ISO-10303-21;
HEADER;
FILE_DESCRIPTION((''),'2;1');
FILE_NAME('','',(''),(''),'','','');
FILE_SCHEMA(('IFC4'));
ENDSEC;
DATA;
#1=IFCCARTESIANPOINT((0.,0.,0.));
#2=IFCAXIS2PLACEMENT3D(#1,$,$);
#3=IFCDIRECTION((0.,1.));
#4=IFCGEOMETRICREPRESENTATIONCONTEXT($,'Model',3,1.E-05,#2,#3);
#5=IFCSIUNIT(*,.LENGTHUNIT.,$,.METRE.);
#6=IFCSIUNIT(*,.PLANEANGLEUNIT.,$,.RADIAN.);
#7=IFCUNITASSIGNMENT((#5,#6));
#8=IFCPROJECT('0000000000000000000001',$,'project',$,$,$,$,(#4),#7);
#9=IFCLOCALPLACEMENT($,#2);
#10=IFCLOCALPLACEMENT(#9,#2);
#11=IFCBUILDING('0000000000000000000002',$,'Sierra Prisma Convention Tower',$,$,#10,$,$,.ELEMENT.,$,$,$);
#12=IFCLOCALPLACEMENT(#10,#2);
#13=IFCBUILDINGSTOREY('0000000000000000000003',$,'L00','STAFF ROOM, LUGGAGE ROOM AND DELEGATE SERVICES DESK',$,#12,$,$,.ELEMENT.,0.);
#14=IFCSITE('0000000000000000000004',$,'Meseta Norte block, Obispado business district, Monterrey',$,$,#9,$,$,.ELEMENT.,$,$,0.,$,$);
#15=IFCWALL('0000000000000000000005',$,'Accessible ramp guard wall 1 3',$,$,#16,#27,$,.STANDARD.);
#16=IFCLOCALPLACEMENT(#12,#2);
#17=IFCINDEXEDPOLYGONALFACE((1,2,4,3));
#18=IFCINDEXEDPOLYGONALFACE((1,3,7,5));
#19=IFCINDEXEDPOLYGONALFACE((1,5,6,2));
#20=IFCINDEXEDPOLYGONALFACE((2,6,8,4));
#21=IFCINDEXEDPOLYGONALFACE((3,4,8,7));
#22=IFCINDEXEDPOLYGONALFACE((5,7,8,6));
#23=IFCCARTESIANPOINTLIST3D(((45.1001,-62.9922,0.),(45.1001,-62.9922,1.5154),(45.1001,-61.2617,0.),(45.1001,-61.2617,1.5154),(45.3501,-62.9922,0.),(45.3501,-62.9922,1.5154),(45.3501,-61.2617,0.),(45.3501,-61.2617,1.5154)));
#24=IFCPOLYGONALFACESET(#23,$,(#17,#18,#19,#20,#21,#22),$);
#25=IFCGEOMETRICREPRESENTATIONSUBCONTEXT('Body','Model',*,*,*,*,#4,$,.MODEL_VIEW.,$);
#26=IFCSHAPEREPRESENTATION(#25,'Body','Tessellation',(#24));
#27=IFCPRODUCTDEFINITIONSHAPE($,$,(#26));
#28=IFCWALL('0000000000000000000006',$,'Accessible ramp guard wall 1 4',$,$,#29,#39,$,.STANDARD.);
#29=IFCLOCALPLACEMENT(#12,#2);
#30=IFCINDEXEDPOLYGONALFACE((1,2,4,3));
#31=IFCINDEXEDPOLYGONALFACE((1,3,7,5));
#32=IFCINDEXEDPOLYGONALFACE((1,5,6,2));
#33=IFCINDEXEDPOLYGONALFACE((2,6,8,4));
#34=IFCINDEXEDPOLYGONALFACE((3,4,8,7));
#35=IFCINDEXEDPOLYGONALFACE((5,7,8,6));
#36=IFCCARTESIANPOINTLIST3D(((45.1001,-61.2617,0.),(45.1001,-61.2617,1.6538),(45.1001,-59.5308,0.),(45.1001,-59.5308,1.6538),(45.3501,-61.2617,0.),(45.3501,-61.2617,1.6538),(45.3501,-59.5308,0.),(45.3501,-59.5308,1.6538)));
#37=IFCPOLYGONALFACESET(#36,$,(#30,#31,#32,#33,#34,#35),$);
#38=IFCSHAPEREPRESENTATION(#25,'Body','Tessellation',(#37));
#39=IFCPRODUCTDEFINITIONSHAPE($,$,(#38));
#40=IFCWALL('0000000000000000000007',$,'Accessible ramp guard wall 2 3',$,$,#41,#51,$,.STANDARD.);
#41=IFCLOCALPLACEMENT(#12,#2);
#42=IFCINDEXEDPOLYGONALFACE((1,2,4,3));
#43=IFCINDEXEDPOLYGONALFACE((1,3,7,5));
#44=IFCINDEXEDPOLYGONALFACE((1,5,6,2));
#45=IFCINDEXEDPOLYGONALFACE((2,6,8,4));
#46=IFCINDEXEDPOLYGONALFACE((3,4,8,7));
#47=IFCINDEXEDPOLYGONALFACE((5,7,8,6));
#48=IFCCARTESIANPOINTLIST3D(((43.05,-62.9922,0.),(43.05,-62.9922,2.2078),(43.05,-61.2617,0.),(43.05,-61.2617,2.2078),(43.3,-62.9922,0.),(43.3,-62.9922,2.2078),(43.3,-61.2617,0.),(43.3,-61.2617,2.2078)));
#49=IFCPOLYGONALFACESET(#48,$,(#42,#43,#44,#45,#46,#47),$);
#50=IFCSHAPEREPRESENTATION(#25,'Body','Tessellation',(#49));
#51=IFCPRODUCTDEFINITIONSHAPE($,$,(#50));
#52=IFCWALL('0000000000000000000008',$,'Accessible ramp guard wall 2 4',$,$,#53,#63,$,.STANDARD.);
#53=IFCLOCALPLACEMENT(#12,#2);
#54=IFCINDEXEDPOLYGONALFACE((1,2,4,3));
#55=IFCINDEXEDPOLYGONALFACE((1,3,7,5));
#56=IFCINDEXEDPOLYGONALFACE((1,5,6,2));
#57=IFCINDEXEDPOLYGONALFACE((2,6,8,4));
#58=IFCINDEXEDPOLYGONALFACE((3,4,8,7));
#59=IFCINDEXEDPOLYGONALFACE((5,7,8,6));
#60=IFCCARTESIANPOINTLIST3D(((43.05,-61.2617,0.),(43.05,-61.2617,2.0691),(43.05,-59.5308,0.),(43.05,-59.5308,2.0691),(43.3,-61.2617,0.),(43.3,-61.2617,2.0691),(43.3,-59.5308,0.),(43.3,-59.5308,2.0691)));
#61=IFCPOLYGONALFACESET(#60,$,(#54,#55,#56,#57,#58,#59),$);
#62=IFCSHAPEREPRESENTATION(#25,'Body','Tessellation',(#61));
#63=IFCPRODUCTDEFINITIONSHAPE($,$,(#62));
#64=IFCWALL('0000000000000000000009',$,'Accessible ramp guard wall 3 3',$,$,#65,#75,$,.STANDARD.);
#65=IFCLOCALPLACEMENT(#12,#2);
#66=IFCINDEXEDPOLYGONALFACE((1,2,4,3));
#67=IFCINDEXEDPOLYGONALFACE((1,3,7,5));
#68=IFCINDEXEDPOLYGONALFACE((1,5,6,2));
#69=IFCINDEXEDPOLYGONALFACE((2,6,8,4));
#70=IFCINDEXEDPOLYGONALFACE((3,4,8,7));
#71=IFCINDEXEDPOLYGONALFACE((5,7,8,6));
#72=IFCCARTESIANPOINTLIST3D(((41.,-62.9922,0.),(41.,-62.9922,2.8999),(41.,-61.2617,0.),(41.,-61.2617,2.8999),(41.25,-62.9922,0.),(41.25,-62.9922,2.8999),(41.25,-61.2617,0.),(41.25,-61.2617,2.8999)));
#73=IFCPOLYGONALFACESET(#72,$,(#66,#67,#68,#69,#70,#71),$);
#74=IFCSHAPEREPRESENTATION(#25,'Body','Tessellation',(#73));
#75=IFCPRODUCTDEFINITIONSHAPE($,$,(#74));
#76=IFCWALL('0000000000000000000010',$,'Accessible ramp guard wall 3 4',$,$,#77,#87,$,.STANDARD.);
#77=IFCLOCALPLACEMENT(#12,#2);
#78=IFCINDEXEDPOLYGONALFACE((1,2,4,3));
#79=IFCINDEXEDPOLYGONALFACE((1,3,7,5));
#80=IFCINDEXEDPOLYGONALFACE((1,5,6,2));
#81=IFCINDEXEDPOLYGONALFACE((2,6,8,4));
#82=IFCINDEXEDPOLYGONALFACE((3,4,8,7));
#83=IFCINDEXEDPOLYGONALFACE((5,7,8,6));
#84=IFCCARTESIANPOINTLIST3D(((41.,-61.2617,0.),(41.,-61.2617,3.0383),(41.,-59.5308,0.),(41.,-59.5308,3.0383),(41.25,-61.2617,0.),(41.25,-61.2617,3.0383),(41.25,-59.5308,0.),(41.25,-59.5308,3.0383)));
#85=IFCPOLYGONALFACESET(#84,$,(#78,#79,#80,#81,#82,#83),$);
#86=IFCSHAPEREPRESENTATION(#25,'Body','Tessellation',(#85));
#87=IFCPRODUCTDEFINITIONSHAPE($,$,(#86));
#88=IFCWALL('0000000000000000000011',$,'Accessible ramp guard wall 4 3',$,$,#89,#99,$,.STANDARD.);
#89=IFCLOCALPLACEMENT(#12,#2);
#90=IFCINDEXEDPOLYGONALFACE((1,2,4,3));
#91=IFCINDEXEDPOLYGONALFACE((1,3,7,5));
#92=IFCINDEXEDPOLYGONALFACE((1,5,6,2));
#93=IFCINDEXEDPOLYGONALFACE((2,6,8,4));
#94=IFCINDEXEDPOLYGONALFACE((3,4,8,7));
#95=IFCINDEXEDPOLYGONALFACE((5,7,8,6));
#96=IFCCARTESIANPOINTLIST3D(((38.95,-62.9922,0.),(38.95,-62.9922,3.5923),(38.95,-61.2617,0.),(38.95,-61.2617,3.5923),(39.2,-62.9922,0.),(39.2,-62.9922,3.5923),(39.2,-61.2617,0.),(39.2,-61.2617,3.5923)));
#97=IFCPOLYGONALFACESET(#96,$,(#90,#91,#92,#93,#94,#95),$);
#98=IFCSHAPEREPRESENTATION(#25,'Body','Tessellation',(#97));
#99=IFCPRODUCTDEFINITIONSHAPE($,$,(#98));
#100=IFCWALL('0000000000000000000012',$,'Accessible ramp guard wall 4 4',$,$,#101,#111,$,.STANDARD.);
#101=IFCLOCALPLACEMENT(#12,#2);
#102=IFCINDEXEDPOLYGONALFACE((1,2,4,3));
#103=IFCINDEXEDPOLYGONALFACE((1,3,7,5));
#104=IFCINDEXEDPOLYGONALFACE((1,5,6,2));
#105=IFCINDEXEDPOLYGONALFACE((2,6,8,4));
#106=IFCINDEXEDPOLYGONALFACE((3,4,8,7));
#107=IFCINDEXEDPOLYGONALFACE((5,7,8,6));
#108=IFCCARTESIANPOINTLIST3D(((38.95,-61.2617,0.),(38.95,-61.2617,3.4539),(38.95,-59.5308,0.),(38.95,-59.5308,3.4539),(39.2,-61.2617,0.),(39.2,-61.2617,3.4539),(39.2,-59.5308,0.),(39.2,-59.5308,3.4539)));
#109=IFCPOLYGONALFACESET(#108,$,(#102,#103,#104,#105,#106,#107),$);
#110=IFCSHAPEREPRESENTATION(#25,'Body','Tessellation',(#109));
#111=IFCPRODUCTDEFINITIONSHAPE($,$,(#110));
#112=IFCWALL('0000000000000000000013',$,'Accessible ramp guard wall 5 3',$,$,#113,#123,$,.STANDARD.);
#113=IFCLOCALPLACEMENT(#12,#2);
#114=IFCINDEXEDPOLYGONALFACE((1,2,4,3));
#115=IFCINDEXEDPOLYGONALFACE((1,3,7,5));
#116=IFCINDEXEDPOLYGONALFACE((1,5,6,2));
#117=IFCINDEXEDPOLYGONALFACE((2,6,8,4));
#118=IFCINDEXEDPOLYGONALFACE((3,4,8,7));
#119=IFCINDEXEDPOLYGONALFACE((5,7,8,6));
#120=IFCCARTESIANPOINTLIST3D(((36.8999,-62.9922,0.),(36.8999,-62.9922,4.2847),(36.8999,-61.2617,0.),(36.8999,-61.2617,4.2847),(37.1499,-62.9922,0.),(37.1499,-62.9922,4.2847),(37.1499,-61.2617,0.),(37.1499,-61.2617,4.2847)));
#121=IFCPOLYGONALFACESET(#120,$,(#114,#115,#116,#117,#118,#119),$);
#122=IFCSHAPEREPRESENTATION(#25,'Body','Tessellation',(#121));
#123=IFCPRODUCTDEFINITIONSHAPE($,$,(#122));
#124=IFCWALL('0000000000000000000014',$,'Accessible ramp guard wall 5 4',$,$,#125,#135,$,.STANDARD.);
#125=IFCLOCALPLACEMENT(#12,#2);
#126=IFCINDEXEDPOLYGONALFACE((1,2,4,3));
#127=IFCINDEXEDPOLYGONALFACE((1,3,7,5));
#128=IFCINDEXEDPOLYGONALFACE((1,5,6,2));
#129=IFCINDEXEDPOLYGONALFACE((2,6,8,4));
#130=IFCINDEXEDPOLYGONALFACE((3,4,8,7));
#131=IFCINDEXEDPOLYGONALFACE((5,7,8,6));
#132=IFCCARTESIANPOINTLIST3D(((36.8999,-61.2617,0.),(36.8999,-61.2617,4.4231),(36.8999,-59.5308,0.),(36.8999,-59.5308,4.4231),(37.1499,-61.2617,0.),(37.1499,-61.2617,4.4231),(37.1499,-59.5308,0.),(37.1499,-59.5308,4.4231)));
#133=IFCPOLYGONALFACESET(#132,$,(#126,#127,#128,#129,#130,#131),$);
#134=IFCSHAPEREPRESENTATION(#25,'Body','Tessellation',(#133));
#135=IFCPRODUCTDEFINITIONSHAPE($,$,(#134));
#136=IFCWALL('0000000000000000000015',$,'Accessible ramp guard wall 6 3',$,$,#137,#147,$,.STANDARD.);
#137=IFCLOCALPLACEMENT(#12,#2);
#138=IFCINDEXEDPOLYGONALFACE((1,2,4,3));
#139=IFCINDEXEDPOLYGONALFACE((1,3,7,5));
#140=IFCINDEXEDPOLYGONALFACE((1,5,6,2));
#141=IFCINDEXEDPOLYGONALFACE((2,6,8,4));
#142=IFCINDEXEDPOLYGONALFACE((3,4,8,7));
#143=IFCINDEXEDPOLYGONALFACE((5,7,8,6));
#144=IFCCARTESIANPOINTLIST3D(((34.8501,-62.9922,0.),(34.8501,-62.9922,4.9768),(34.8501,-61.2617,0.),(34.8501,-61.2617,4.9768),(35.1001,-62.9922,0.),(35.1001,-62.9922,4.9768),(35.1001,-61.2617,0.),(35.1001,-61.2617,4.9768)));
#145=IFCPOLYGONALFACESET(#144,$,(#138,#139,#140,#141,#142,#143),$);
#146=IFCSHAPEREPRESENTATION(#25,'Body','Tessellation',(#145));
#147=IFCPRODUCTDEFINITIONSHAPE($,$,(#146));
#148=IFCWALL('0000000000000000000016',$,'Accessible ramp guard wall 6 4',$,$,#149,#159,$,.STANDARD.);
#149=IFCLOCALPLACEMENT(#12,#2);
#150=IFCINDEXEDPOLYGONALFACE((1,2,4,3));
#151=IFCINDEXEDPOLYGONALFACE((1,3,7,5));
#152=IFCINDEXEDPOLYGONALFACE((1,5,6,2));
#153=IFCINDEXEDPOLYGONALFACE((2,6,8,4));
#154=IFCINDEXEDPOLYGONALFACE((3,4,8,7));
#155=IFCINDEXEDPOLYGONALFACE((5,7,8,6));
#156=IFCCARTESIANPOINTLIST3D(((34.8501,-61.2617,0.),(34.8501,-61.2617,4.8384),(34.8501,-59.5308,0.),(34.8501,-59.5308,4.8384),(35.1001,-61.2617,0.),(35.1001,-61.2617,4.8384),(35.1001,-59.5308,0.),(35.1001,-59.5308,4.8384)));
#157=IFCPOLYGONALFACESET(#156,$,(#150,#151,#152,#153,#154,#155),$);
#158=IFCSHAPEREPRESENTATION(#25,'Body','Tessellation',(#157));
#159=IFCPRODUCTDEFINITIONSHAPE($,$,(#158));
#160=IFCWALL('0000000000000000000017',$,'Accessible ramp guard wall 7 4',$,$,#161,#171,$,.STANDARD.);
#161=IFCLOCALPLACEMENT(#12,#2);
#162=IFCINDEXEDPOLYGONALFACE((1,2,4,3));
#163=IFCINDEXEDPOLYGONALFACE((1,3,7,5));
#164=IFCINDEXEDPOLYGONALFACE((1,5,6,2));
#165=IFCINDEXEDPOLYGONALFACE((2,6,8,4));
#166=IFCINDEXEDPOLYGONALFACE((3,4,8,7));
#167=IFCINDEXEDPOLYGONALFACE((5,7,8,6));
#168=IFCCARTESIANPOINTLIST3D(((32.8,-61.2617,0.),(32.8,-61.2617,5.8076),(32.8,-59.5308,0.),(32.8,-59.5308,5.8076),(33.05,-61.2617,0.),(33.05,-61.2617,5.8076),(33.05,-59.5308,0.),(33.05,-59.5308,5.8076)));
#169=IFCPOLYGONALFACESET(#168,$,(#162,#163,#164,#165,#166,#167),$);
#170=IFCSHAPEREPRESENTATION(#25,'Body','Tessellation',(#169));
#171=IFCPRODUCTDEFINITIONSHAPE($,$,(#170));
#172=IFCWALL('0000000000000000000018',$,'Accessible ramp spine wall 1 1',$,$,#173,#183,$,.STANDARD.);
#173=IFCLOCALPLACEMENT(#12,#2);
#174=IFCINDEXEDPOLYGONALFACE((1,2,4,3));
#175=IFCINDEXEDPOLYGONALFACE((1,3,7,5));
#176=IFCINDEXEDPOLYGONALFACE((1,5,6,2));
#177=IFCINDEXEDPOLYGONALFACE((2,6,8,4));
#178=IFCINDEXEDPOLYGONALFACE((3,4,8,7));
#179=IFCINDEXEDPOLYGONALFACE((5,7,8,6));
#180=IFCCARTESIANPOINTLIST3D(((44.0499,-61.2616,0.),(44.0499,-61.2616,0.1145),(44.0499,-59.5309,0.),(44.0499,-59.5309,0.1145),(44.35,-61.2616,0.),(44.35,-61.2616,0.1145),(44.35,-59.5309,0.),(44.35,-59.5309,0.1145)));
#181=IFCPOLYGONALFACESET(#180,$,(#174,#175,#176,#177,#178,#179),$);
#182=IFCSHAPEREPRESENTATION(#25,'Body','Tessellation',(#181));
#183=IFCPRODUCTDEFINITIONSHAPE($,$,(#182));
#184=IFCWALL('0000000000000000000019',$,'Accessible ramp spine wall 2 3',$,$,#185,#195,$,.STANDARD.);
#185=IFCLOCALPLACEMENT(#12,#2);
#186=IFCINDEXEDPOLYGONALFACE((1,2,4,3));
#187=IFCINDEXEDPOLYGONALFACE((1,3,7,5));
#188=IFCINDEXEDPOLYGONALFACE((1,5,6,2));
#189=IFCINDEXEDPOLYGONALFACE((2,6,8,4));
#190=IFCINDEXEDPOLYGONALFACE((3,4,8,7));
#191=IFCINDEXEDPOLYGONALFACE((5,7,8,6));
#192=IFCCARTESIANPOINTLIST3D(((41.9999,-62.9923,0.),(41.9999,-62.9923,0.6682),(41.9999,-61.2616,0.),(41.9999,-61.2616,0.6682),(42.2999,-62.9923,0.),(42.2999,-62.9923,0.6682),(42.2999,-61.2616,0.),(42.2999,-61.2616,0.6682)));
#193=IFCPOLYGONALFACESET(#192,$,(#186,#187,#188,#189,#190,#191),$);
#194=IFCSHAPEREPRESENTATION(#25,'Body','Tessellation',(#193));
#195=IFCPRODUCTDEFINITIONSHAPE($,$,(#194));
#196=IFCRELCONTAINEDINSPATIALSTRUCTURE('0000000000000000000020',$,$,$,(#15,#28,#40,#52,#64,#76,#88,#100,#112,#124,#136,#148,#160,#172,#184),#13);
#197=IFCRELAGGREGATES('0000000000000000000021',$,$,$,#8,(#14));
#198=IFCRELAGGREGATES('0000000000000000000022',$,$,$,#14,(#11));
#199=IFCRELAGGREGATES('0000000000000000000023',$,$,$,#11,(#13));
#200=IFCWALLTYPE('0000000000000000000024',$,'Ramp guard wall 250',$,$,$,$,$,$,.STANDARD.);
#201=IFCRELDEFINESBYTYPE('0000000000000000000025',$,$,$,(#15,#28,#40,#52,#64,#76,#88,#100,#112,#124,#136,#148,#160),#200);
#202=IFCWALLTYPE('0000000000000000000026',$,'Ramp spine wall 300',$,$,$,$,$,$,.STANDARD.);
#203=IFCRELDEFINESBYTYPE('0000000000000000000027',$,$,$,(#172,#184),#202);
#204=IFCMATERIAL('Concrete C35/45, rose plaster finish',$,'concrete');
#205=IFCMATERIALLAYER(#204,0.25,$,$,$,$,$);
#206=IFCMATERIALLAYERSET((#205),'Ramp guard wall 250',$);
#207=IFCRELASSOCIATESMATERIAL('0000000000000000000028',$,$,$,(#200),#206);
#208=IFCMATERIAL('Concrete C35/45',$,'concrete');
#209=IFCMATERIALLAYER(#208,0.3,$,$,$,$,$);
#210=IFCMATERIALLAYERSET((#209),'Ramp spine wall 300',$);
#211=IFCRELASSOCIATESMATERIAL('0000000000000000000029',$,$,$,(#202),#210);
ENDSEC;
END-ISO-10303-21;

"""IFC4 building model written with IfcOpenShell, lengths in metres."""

from ifc_helpers import new_model, si_unit, direction, frame, frame_2d, origin, place, context, subcontext, project, spatial, rectangle, extrude, material, layer, layer_set, type_object, element, save


model = new_model("IFC4")

# Units and contexts
model_context = context("Model", 3, precision=1e-05, world=origin(), true_north=direction((0.0, 1.0)))
body_context = subcontext(model_context, "Body", "Model", "MODEL_VIEW")
ifc_project = project(units=[si_unit("LENGTHUNIT", "METRE"), si_unit("PLANEANGLEUNIT", "RADIAN")], contexts=[model_context])

# Site, building, storey
site_placement = place(None, origin())
site = spatial("IfcSite", under=ifc_project, at=site_placement, Name="Meseta Norte block, Obispado business district, Monterrey", CompositionType="ELEMENT", RefElevation=0.0)
building_placement = place(site_placement, origin())
building = spatial("IfcBuilding", under=site, at=building_placement, Name="Sierra Prisma Convention Tower", CompositionType="ELEMENT")
storey_placement = place(building_placement, origin())
storey = spatial("IfcBuildingStorey", under=building, at=storey_placement, Name="L00", Description="STAFF ROOM, LUGGAGE ROOM AND DELEGATE SERVICES DESK", CompositionType="ELEMENT", Elevation=0.0)

# Walls
ifc_material_1 = material(Name="Concrete C35/45, rose plaster finish", Category="concrete")
ifc_layer_1 = layer(ifc_material_1, 0.25)
ifc_layer_set_1 = layer_set([ifc_layer_1], Name="Ramp guard wall 250")
wall_type_1 = type_object("IfcWallType", Name="Ramp guard wall 250", PredefinedType="STANDARD", material=ifc_layer_set_1)
wall_1_placement = place(storey_placement, frame((45.2251, -62.9922, 0.0), z_axis=(0.0, 0.0, 1.0), x_axis=(0.0, 1.0, 0.0)))
element("IfcWall", 1, at=wall_1_placement, inside=storey, type_object=wall_type_1, Name="Accessible ramp guard wall 1 3", PredefinedType="STANDARD", context=body_context, shape_type="SweptSolid", body=[
    extrude(rectangle(XDim=1.7305, YDim=0.25, at=frame_2d((0.8652, 0.0))), origin(), (0.0, 0.0, 1.0), 1.5154),
])
wall_2_placement = place(storey_placement, frame((45.2251, -61.2617, 0.0), z_axis=(0.0, 0.0, 1.0), x_axis=(0.0, 1.0, 0.0)))
element("IfcWall", 2, at=wall_2_placement, inside=storey, type_object=wall_type_1, Name="Accessible ramp guard wall 1 4", PredefinedType="STANDARD", context=body_context, shape_type="SweptSolid", body=[
    extrude(rectangle(XDim=1.731, YDim=0.25, at=frame_2d((0.8655, 0.0))), origin(), (0.0, 0.0, 1.0), 1.6538),
])
wall_3_placement = place(storey_placement, frame((43.175, -62.9922, 0.0), z_axis=(0.0, 0.0, 1.0), x_axis=(0.0, 1.0, 0.0)))
element("IfcWall", 3, at=wall_3_placement, inside=storey, type_object=wall_type_1, Name="Accessible ramp guard wall 2 3", PredefinedType="STANDARD", context=body_context, shape_type="SweptSolid", body=[
    extrude(rectangle(XDim=1.7305, YDim=0.25, at=frame_2d((0.8652, 0.0))), origin(), (0.0, 0.0, 1.0), 2.2078),
])
wall_4_placement = place(storey_placement, frame((43.175, -61.2617, 0.0), z_axis=(0.0, 0.0, 1.0), x_axis=(0.0, 1.0, 0.0)))
element("IfcWall", 4, at=wall_4_placement, inside=storey, type_object=wall_type_1, Name="Accessible ramp guard wall 2 4", PredefinedType="STANDARD", context=body_context, shape_type="SweptSolid", body=[
    extrude(rectangle(XDim=1.731, YDim=0.25, at=frame_2d((0.8655, 0.0))), origin(), (0.0, 0.0, 1.0), 2.0691),
])
wall_5_placement = place(storey_placement, frame((41.125, -62.9922, 0.0), z_axis=(0.0, 0.0, 1.0), x_axis=(0.0, 1.0, 0.0)))
element("IfcWall", 5, at=wall_5_placement, inside=storey, type_object=wall_type_1, Name="Accessible ramp guard wall 3 3", PredefinedType="STANDARD", context=body_context, shape_type="SweptSolid", body=[
    extrude(rectangle(XDim=1.7305, YDim=0.25, at=frame_2d((0.8652, 0.0))), origin(), (0.0, 0.0, 1.0), 2.8999),
])
wall_6_placement = place(storey_placement, frame((41.125, -61.2617, 0.0), z_axis=(0.0, 0.0, 1.0), x_axis=(0.0, 1.0, 0.0)))
element("IfcWall", 6, at=wall_6_placement, inside=storey, type_object=wall_type_1, Name="Accessible ramp guard wall 3 4", PredefinedType="STANDARD", context=body_context, shape_type="SweptSolid", body=[
    extrude(rectangle(XDim=1.731, YDim=0.25, at=frame_2d((0.8655, 0.0))), origin(), (0.0, 0.0, 1.0), 3.0383),
])
wall_7_placement = place(storey_placement, frame((39.075, -62.9922, 0.0), z_axis=(0.0, 0.0, 1.0), x_axis=(0.0, 1.0, 0.0)))
element("IfcWall", 7, at=wall_7_placement, inside=storey, type_object=wall_type_1, Name="Accessible ramp guard wall 4 3", PredefinedType="STANDARD", context=body_context, shape_type="SweptSolid", body=[
    extrude(rectangle(XDim=1.7305, YDim=0.25, at=frame_2d((0.8652, 0.0))), origin(), (0.0, 0.0, 1.0), 3.5923),
])
wall_8_placement = place(storey_placement, frame((39.075, -61.2617, 0.0), z_axis=(0.0, 0.0, 1.0), x_axis=(0.0, 1.0, 0.0)))
element("IfcWall", 8, at=wall_8_placement, inside=storey, type_object=wall_type_1, Name="Accessible ramp guard wall 4 4", PredefinedType="STANDARD", context=body_context, shape_type="SweptSolid", body=[
    extrude(rectangle(XDim=1.731, YDim=0.25, at=frame_2d((0.8655, 0.0))), origin(), (0.0, 0.0, 1.0), 3.4539),
])
wall_9_placement = place(storey_placement, frame((37.0249, -62.9922, 0.0), z_axis=(0.0, 0.0, 1.0), x_axis=(0.0, 1.0, 0.0)))
element("IfcWall", 9, at=wall_9_placement, inside=storey, type_object=wall_type_1, Name="Accessible ramp guard wall 5 3", PredefinedType="STANDARD", context=body_context, shape_type="SweptSolid", body=[
    extrude(rectangle(XDim=1.7305, YDim=0.25, at=frame_2d((0.8652, 0.0))), origin(), (0.0, 0.0, 1.0), 4.2847),
])
wall_10_placement = place(storey_placement, frame((37.0249, -61.2617, 0.0), z_axis=(0.0, 0.0, 1.0), x_axis=(0.0, 1.0, 0.0)))
element("IfcWall", 10, at=wall_10_placement, inside=storey, type_object=wall_type_1, Name="Accessible ramp guard wall 5 4", PredefinedType="STANDARD", context=body_context, shape_type="SweptSolid", body=[
    extrude(rectangle(XDim=1.731, YDim=0.25, at=frame_2d((0.8655, 0.0))), origin(), (0.0, 0.0, 1.0), 4.4231),
])
wall_11_placement = place(storey_placement, frame((34.9751, -62.9922, 0.0), z_axis=(0.0, 0.0, 1.0), x_axis=(0.0, 1.0, 0.0)))
element("IfcWall", 11, at=wall_11_placement, inside=storey, type_object=wall_type_1, Name="Accessible ramp guard wall 6 3", PredefinedType="STANDARD", context=body_context, shape_type="SweptSolid", body=[
    extrude(rectangle(XDim=1.7305, YDim=0.25, at=frame_2d((0.8652, 0.0))), origin(), (0.0, 0.0, 1.0), 4.9768),
])
wall_12_placement = place(storey_placement, frame((34.9751, -61.2617, 0.0), z_axis=(0.0, 0.0, 1.0), x_axis=(0.0, 1.0, 0.0)))
element("IfcWall", 12, at=wall_12_placement, inside=storey, type_object=wall_type_1, Name="Accessible ramp guard wall 6 4", PredefinedType="STANDARD", context=body_context, shape_type="SweptSolid", body=[
    extrude(rectangle(XDim=1.731, YDim=0.25, at=frame_2d((0.8655, 0.0))), origin(), (0.0, 0.0, 1.0), 4.8384),
])
wall_13_placement = place(storey_placement, frame((32.925, -61.2617, 0.0), z_axis=(0.0, 0.0, 1.0), x_axis=(0.0, 1.0, 0.0)))
element("IfcWall", 13, at=wall_13_placement, inside=storey, type_object=wall_type_1, Name="Accessible ramp guard wall 7 4", PredefinedType="STANDARD", context=body_context, shape_type="SweptSolid", body=[
    extrude(rectangle(XDim=1.731, YDim=0.25, at=frame_2d((0.8655, 0.0))), origin(), (0.0, 0.0, 1.0), 5.8076),
])
ifc_material_2 = material(Name="Concrete C35/45", Category="concrete")
ifc_layer_2 = layer(ifc_material_2, 0.3)
ifc_layer_set_2 = layer_set([ifc_layer_2], Name="Ramp spine wall 300")
wall_type_2 = type_object("IfcWallType", Name="Ramp spine wall 300", PredefinedType="STANDARD", material=ifc_layer_set_2)
wall_14_placement = place(storey_placement, frame((44.2, -61.2615, 0.0), z_axis=(0.0, 0.0, 1.0), x_axis=(0.0, 1.0, 0.0)))
element("IfcWall", 14, at=wall_14_placement, inside=storey, type_object=wall_type_2, Name="Accessible ramp spine wall 1 1", PredefinedType="STANDARD", context=body_context, shape_type="SweptSolid", body=[
    extrude(rectangle(XDim=1.7307, YDim=0.3, at=frame_2d((0.8652, 0.0))), origin(), (0.0, 0.0, 1.0), 0.1145),
])
wall_15_placement = place(storey_placement, frame((42.1499, -62.9922, 0.0), z_axis=(0.0, 0.0, 1.0), x_axis=(0.0, 1.0, 0.0)))
element("IfcWall", 15, at=wall_15_placement, inside=storey, type_object=wall_type_2, Name="Accessible ramp spine wall 2 3", PredefinedType="STANDARD", context=body_context, shape_type="SweptSolid", body=[
    extrude(rectangle(XDim=1.7307, YDim=0.3, at=frame_2d((0.8652, 0.0))), origin(), (0.0, 0.0, 1.0), 0.6682),
])

save(model, "model.ifc")
